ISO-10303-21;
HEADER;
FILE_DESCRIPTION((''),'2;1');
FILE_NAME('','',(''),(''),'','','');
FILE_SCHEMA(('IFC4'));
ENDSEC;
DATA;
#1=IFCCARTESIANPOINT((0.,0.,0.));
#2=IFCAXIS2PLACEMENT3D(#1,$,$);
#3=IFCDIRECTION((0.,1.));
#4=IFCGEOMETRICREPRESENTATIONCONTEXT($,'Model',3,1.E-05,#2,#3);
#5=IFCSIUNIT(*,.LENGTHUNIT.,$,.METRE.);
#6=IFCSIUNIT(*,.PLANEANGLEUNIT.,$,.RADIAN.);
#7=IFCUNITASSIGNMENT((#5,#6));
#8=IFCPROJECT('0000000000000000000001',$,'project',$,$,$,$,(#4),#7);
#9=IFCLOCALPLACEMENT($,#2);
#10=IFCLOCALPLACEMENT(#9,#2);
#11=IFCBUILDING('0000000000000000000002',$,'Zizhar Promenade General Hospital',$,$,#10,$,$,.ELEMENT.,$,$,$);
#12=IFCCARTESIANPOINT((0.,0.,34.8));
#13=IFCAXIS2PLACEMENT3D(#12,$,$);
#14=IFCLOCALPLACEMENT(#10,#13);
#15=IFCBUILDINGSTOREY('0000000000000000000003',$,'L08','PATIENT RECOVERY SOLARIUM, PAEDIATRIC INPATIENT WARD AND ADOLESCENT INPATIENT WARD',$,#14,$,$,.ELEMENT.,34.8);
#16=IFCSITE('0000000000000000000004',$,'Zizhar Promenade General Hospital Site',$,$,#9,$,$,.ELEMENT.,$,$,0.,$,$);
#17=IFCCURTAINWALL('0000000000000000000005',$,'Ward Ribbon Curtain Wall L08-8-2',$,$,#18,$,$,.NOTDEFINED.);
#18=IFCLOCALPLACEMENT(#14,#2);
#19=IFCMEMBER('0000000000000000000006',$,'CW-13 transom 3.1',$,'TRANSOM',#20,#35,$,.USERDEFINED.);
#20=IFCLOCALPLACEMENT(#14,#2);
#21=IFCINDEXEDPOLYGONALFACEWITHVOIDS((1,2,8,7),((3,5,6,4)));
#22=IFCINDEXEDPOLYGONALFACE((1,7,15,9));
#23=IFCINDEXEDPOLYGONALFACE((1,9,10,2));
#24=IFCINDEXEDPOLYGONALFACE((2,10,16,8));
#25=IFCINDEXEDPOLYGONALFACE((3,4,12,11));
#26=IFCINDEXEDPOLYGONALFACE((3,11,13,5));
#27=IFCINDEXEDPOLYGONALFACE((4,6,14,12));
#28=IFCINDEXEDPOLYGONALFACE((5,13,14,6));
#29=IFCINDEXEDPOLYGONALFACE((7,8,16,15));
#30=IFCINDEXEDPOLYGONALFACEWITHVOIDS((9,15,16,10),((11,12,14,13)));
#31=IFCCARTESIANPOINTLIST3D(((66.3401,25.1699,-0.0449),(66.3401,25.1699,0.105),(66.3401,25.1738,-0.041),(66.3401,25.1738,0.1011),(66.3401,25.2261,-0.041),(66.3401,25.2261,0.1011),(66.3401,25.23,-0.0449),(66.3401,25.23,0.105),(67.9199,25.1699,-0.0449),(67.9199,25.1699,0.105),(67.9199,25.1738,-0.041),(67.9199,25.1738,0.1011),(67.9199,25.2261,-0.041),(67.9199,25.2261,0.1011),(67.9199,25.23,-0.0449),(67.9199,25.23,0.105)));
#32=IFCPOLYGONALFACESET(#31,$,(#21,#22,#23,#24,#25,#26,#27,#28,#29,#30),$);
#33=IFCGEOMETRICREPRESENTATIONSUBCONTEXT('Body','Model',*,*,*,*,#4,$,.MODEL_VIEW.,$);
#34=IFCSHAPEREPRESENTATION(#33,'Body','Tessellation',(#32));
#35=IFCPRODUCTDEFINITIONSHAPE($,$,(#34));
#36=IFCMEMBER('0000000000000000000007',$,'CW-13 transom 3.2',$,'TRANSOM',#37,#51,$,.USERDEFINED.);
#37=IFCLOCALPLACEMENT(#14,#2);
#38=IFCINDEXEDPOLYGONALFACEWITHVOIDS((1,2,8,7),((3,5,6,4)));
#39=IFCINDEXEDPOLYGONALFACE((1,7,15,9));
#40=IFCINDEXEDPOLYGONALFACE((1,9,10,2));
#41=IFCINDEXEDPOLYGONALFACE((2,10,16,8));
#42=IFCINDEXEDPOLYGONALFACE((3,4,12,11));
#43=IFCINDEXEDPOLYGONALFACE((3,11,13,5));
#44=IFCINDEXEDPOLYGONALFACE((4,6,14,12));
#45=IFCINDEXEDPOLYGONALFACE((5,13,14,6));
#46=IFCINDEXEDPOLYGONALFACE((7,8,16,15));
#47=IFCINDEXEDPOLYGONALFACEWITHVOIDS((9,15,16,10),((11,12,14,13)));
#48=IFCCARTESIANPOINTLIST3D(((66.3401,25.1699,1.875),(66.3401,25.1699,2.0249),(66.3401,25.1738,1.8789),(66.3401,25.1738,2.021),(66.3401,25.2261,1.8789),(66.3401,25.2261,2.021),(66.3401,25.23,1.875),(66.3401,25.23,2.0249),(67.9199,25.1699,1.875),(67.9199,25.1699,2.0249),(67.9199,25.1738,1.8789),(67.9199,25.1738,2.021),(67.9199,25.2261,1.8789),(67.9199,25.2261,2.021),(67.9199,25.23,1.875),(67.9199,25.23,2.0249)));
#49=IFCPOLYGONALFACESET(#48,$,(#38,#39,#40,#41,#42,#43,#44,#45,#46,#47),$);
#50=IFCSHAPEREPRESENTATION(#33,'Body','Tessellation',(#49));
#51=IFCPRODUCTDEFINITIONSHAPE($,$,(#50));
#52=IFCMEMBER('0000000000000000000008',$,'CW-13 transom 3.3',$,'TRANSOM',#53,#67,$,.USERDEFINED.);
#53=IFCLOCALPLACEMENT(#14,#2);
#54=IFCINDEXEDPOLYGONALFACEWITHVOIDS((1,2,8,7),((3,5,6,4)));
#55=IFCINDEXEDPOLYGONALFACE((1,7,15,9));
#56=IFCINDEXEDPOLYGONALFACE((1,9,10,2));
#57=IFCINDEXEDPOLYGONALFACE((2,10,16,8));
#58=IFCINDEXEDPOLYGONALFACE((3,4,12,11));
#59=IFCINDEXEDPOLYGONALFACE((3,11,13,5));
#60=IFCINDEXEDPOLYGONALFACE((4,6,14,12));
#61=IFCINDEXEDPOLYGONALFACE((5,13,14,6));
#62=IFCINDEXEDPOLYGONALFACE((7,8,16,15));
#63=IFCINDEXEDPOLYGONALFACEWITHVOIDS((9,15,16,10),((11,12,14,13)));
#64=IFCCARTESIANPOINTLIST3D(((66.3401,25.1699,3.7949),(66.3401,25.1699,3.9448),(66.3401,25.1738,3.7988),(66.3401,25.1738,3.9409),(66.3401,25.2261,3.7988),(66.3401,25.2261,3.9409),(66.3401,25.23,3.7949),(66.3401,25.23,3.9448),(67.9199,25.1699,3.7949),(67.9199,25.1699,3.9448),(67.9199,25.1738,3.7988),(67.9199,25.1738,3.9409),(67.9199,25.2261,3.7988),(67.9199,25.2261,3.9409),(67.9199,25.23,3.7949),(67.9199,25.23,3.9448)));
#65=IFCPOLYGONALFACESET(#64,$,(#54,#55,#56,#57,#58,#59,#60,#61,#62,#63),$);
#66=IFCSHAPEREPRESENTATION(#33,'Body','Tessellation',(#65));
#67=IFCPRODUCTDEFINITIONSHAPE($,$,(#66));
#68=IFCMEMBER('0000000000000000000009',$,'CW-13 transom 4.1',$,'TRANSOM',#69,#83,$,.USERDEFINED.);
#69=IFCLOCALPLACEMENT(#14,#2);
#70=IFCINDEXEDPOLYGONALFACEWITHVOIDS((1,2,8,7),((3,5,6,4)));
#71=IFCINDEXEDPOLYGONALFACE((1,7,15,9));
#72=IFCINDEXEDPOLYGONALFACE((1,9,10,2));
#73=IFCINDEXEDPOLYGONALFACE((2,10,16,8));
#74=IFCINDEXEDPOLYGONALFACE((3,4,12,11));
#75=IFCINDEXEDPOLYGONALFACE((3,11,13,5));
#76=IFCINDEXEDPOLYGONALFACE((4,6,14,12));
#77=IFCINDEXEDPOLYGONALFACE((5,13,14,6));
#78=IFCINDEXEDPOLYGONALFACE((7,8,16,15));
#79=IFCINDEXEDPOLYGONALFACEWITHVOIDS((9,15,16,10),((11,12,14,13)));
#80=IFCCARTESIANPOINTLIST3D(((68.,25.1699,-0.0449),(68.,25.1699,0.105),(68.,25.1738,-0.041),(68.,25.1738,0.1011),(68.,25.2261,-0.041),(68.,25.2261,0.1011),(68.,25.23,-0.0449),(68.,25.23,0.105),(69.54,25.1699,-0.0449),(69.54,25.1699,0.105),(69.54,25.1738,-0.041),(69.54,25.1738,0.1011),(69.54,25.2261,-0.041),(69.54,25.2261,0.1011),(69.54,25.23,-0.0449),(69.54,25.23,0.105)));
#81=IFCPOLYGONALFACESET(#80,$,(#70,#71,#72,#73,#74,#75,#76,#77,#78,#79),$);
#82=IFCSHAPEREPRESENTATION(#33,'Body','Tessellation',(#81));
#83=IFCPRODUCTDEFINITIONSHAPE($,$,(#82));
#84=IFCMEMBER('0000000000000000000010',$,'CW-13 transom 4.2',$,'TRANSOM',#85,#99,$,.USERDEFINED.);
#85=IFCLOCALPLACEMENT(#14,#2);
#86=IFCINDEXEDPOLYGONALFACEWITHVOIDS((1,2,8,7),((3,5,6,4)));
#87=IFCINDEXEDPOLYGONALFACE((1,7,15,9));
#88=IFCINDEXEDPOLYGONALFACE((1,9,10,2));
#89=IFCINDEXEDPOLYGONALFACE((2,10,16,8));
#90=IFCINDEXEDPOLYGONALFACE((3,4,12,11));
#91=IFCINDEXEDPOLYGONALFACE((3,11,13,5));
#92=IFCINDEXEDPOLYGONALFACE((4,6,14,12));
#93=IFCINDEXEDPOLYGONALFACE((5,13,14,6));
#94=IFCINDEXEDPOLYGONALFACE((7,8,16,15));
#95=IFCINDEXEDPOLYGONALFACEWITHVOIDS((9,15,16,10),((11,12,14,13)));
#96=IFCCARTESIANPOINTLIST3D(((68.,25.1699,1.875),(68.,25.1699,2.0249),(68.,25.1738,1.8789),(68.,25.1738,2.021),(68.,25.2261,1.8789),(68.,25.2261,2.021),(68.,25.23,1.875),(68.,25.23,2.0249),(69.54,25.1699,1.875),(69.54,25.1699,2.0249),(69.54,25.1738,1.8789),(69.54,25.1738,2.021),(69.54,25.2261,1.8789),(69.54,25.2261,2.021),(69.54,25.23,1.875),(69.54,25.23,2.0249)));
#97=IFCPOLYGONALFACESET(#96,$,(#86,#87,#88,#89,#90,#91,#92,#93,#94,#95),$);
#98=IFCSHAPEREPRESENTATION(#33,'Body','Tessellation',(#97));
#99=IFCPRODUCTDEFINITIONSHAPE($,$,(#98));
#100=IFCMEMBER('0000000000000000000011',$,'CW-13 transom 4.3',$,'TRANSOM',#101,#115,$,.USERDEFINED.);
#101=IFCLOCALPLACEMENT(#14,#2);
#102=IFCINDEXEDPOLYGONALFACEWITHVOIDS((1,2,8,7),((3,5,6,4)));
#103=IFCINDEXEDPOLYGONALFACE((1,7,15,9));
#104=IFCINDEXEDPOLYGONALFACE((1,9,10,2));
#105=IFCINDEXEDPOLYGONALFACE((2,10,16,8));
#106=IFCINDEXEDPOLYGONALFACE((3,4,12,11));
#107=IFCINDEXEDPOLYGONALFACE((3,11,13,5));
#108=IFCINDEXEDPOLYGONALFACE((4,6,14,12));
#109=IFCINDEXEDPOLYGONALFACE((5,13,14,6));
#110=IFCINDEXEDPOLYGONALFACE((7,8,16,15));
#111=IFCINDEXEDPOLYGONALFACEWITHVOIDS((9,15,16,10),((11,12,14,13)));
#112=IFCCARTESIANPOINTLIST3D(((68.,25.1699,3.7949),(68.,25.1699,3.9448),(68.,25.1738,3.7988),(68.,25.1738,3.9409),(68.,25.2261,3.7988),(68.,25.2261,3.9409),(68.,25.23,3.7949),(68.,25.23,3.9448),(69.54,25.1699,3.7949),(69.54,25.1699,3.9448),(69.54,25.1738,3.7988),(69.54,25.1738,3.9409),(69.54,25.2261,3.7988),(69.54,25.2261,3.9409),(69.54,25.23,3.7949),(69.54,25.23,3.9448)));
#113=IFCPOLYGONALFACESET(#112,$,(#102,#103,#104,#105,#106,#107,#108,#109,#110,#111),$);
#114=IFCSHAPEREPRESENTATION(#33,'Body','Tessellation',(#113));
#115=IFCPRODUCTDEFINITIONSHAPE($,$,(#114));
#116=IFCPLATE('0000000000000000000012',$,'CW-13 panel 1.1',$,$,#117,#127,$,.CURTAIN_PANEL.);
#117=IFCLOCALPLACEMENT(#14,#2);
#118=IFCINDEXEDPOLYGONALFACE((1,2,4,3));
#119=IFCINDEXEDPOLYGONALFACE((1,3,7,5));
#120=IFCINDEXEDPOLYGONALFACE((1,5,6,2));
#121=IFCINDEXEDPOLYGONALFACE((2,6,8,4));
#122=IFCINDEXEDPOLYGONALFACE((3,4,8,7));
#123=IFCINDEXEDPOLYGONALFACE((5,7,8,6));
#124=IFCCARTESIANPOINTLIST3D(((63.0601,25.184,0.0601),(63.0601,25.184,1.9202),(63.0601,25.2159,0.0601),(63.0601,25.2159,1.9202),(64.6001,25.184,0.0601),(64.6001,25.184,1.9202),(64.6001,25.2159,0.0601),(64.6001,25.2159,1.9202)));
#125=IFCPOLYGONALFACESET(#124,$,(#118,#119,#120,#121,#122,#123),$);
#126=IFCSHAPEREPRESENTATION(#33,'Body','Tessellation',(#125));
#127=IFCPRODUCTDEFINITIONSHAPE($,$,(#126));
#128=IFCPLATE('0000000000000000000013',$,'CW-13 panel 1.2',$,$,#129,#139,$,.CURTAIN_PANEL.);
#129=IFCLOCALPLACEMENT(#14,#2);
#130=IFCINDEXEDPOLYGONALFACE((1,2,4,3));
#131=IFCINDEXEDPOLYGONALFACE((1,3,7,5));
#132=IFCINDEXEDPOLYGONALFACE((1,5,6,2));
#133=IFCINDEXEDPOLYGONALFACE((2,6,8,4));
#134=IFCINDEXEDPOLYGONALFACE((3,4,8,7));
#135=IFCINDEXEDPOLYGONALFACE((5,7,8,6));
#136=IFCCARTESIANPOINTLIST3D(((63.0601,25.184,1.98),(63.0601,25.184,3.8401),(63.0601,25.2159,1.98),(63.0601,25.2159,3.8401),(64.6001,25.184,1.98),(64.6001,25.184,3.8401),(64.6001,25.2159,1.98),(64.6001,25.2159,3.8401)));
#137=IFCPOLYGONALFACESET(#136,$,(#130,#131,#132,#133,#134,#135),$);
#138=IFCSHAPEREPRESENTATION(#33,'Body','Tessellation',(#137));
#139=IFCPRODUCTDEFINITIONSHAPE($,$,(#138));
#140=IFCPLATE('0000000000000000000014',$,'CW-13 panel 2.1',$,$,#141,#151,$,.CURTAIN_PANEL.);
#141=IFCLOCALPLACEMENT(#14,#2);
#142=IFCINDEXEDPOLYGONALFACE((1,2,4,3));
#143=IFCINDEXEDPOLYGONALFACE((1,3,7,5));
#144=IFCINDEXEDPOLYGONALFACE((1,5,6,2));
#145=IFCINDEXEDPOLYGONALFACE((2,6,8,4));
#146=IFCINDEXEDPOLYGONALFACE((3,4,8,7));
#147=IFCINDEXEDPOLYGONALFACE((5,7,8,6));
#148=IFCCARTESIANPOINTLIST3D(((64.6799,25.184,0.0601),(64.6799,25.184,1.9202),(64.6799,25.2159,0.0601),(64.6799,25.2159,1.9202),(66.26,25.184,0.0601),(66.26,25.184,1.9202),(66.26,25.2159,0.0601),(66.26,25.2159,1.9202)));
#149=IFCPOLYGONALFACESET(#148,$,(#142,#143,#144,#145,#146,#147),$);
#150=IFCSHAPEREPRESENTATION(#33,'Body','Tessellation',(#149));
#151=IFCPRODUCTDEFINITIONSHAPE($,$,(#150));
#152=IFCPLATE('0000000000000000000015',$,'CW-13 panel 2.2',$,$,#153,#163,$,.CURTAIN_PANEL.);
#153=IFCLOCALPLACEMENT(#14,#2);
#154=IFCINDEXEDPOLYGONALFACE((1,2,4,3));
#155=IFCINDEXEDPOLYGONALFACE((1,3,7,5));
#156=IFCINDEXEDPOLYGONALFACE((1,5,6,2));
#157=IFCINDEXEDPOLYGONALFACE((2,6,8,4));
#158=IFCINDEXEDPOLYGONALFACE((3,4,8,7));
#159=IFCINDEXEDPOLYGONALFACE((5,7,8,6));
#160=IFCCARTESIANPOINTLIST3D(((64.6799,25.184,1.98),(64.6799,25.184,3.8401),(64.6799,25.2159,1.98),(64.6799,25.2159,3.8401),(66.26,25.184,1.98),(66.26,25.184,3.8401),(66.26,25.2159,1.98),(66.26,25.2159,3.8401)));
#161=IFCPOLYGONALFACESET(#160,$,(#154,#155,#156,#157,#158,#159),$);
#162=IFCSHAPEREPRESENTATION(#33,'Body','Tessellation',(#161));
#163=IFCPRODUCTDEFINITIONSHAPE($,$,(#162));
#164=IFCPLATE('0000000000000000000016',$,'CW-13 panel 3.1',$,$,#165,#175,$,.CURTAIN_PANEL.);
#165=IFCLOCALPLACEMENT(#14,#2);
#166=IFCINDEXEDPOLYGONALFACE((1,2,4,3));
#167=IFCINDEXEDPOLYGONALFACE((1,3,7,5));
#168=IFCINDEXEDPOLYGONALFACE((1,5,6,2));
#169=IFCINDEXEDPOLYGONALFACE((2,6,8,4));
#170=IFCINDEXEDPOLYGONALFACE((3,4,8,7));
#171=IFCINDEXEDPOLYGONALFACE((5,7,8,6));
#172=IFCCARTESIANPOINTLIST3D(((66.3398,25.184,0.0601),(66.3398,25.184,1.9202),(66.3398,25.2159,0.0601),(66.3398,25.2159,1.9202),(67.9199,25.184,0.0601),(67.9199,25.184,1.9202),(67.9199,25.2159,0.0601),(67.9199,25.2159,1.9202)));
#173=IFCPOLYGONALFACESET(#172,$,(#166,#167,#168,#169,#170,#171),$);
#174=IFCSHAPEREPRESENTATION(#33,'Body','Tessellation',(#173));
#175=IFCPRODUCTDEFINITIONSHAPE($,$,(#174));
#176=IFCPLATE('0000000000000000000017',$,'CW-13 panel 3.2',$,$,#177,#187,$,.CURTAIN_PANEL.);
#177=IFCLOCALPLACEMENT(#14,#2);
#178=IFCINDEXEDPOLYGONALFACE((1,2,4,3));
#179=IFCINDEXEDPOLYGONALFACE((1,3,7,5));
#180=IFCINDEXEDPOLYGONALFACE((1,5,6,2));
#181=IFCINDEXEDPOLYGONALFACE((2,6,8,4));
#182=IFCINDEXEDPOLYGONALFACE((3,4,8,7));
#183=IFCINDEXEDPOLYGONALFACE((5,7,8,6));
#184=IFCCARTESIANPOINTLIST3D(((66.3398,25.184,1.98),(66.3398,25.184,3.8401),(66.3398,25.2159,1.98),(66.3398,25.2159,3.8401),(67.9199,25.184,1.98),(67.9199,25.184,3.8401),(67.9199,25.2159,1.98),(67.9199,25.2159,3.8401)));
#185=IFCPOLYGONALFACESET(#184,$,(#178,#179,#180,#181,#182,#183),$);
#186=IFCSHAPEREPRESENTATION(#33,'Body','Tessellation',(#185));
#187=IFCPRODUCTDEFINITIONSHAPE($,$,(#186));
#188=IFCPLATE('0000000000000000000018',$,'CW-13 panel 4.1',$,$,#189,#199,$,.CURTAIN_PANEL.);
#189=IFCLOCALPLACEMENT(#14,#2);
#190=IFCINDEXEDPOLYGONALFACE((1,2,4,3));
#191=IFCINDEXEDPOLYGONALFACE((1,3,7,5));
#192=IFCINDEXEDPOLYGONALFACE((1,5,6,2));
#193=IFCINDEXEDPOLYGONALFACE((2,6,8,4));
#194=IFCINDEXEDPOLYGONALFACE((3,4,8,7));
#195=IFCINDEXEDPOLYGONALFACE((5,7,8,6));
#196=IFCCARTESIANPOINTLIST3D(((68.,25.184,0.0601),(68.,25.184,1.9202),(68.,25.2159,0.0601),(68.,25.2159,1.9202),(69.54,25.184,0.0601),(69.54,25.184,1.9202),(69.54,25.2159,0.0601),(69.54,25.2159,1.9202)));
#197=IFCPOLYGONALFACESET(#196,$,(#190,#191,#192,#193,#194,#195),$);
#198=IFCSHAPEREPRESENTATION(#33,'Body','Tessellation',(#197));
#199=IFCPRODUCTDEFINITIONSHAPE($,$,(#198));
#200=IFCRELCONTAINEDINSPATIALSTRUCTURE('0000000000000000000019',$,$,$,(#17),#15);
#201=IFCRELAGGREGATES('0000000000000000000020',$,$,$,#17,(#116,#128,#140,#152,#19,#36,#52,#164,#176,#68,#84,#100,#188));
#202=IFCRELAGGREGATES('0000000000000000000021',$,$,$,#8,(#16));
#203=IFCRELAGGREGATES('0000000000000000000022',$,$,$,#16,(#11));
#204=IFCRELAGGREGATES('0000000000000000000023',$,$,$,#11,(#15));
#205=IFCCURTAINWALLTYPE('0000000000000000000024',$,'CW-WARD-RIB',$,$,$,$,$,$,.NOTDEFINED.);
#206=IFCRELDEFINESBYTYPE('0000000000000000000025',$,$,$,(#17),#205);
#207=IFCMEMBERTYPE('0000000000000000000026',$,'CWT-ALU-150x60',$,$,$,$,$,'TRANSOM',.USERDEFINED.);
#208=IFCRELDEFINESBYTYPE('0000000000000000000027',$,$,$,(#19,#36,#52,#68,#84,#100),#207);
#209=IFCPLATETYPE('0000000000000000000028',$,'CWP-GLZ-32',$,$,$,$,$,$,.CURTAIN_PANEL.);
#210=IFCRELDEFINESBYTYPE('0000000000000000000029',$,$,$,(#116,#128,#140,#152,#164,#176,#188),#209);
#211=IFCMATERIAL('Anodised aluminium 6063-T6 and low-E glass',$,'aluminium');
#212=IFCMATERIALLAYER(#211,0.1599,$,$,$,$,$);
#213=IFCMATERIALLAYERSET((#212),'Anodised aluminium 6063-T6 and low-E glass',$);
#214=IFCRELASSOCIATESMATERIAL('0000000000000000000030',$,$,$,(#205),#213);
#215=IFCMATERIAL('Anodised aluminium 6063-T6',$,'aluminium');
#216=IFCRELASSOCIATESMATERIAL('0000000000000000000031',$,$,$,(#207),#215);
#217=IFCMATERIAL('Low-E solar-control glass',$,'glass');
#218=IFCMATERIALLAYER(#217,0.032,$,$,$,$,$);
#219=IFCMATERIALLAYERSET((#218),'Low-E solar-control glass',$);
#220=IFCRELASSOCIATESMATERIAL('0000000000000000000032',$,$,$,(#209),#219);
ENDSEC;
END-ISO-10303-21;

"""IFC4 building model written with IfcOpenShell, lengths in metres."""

from ifc_helpers import new_model, si_unit, direction, frame, origin, origin_2d, place, context, subcontext, project, spatial, rectangle, hollow_rectangle, extrude, material, layer, layer_set, material_profile, profile_set, type_object, element, aggregate, save


model = new_model("IFC4")

# Units and contexts
model_context = context("Model", 3, precision=1e-05, world=origin(), true_north=direction((0.0, 1.0)))
body_context = subcontext(model_context, "Body", "Model", "MODEL_VIEW")
ifc_project = project(units=[si_unit("LENGTHUNIT", "METRE"), si_unit("PLANEANGLEUNIT", "RADIAN")], contexts=[model_context])

# Site, building, storey
site_placement = place(None, origin())
site = spatial("IfcSite", under=ifc_project, at=site_placement, Name="Zizhar Promenade General Hospital Site", CompositionType="ELEMENT", RefElevation=0.0)
building_placement = place(site_placement, origin())
building = spatial("IfcBuilding", under=site, at=building_placement, Name="Zizhar Promenade General Hospital", CompositionType="ELEMENT")
storey_placement = place(building_placement, frame((0.0, 0.0, 34.8)))
storey = spatial("IfcBuildingStorey", under=building, at=storey_placement, Name="L08", Description="PATIENT RECOVERY SOLARIUM, PAEDIATRIC INPATIENT WARD AND ADOLESCENT INPATIENT WARD", CompositionType="ELEMENT", Elevation=34.8)

# Curtain wall, members, plates
ifc_material_1 = material(Name="Anodised aluminium 6063-T6 and low-E glass", Category="aluminium")
ifc_layer_1 = layer(ifc_material_1, 0.1599)
ifc_layer_set_1 = layer_set([ifc_layer_1], Name="Anodised aluminium 6063-T6 and low-E glass")
curtain_wall_type = type_object("IfcCurtainWallType", Name="CW-WARD-RIB", PredefinedType="NOTDEFINED", material=ifc_layer_set_1)
curtain_wall_placement = place(storey_placement, origin())
curtain_wall = element("IfcCurtainWall", 1, at=curtain_wall_placement, inside=storey, type_object=curtain_wall_type, Name="Ward Ribbon Curtain Wall L08-8-2", PredefinedType="NOTDEFINED")
ifc_material_2 = material(Name="Anodised aluminium 6063-T6", Category="aluminium")
ifc_material_profile_1 = material_profile(ifc_material_2, hollow_rectangle(XDim=0.0601, YDim=0.1499, WallThickness=0.0039, at=origin_2d()))
ifc_profile_set_1 = profile_set([ifc_material_profile_1], Name="Anodised aluminium 6063-T6")
member_type_1 = type_object("IfcMemberType", Name="CWT-ALU-150x60", ElementType="TRANSOM", PredefinedType="USERDEFINED", material=ifc_profile_set_1)
member_1_placement = place(storey_placement, frame((66.3401, 25.2, 0.03), z_axis=(1.0, 0.0, 0.0), x_axis=(0.0, 1.0, 0.0)))
member_1 = element("IfcMember", 2, at=member_1_placement, type_object=member_type_1, Name="CW-13 transom 3.1", ObjectType="TRANSOM", PredefinedType="USERDEFINED", context=body_context, shape_type="SweptSolid", body=[
    extrude(hollow_rectangle(XDim=0.0601, YDim=0.1499, WallThickness=0.0039, at=origin_2d()), origin(), (0.0, 0.0, 1.0), 1.5798),
])
member_2_placement = place(storey_placement, frame((66.3401, 25.2, 1.95), z_axis=(1.0, 0.0, 0.0), x_axis=(0.0, 1.0, 0.0)))
member_2 = element("IfcMember", 3, at=member_2_placement, type_object=member_type_1, Name="CW-13 transom 3.2", ObjectType="TRANSOM", PredefinedType="USERDEFINED", context=body_context, shape_type="SweptSolid", body=[
    extrude(hollow_rectangle(XDim=0.0601, YDim=0.1499, WallThickness=0.0039, at=origin_2d()), origin(), (0.0, 0.0, 1.0), 1.5798),
])
member_3_placement = place(storey_placement, frame((66.3401, 25.2, 3.8699), z_axis=(1.0, 0.0, 0.0), x_axis=(0.0, 1.0, 0.0)))
member_3 = element("IfcMember", 4, at=member_3_placement, type_object=member_type_1, Name="CW-13 transom 3.3", ObjectType="TRANSOM", PredefinedType="USERDEFINED", context=body_context, shape_type="SweptSolid", body=[
    extrude(hollow_rectangle(XDim=0.0601, YDim=0.1499, WallThickness=0.0039, at=origin_2d()), origin(), (0.0, 0.0, 1.0), 1.5798),
])
member_4_placement = place(storey_placement, frame((68.0, 25.2, 0.03), z_axis=(1.0, 0.0, 0.0), x_axis=(0.0, 1.0, 0.0)))
member_4 = element("IfcMember", 5, at=member_4_placement, type_object=member_type_1, Name="CW-13 transom 4.1", ObjectType="TRANSOM", PredefinedType="USERDEFINED", context=body_context, shape_type="SweptSolid", body=[
    extrude(hollow_rectangle(XDim=0.0601, YDim=0.1499, WallThickness=0.0039, at=origin_2d()), origin(), (0.0, 0.0, 1.0), 1.54),
])
member_5_placement = place(storey_placement, frame((68.0, 25.2, 1.95), z_axis=(1.0, 0.0, 0.0), x_axis=(0.0, 1.0, 0.0)))
member_5 = element("IfcMember", 6, at=member_5_placement, type_object=member_type_1, Name="CW-13 transom 4.2", ObjectType="TRANSOM", PredefinedType="USERDEFINED", context=body_context, shape_type="SweptSolid", body=[
    extrude(hollow_rectangle(XDim=0.0601, YDim=0.1499, WallThickness=0.0039, at=origin_2d()), origin(), (0.0, 0.0, 1.0), 1.54),
])
member_6_placement = place(storey_placement, frame((68.0, 25.2, 3.8699), z_axis=(1.0, 0.0, 0.0), x_axis=(0.0, 1.0, 0.0)))
member_6 = element("IfcMember", 7, at=member_6_placement, type_object=member_type_1, Name="CW-13 transom 4.3", ObjectType="TRANSOM", PredefinedType="USERDEFINED", context=body_context, shape_type="SweptSolid", body=[
    extrude(hollow_rectangle(XDim=0.0601, YDim=0.1499, WallThickness=0.0039, at=origin_2d()), origin(), (0.0, 0.0, 1.0), 1.54),
])
ifc_material_3 = material(Name="Low-E solar-control glass", Category="glass")
ifc_layer_2 = layer(ifc_material_3, 0.032)
ifc_layer_set_2 = layer_set([ifc_layer_2], Name="Low-E solar-control glass")
plate_type = type_object("IfcPlateType", Name="CWP-GLZ-32", PredefinedType="CURTAIN_PANEL", material=ifc_layer_set_2)
plate_1_placement = place(storey_placement, frame((63.8301, 25.2, 0.0601), z_axis=(0.0, 0.0, 1.0), x_axis=(1.0, 0.0, 0.0)))
plate_1 = element("IfcPlate", 8, at=plate_1_placement, type_object=plate_type, Name="CW-13 panel 1.1", PredefinedType="CURTAIN_PANEL", context=body_context, shape_type="SweptSolid", body=[
    extrude(rectangle(XDim=1.54, YDim=0.032, at=origin_2d()), origin(), (0.0, 0.0, 1.0), 1.8601),
])
plate_2_placement = place(storey_placement, frame((63.8301, 25.2, 1.98), z_axis=(0.0, 0.0, 1.0), x_axis=(1.0, 0.0, 0.0)))
plate_2 = element("IfcPlate", 9, at=plate_2_placement, type_object=plate_type, Name="CW-13 panel 1.2", PredefinedType="CURTAIN_PANEL", context=body_context, shape_type="SweptSolid", body=[
    extrude(rectangle(XDim=1.54, YDim=0.032, at=origin_2d()), origin(), (0.0, 0.0, 1.0), 1.8601),
])
plate_3_placement = place(storey_placement, frame((65.47, 25.2, 0.0601), z_axis=(0.0, 0.0, 1.0), x_axis=(1.0, 0.0, 0.0)))
plate_3 = element("IfcPlate", 10, at=plate_3_placement, type_object=plate_type, Name="CW-13 panel 2.1", PredefinedType="CURTAIN_PANEL", context=body_context, shape_type="SweptSolid", body=[
    extrude(rectangle(XDim=1.5801, YDim=0.032, at=origin_2d()), origin(), (0.0, 0.0, 1.0), 1.8601),
])
plate_4_placement = place(storey_placement, frame((65.47, 25.2, 1.98), z_axis=(0.0, 0.0, 1.0), x_axis=(1.0, 0.0, 0.0)))
plate_4 = element("IfcPlate", 11, at=plate_4_placement, type_object=plate_type, Name="CW-13 panel 2.2", PredefinedType="CURTAIN_PANEL", context=body_context, shape_type="SweptSolid", body=[
    extrude(rectangle(XDim=1.5801, YDim=0.032, at=origin_2d()), origin(), (0.0, 0.0, 1.0), 1.8601),
])
plate_5_placement = place(storey_placement, frame((67.1299, 25.2, 0.0601), z_axis=(0.0, 0.0, 1.0), x_axis=(1.0, 0.0, 0.0)))
plate_5 = element("IfcPlate", 12, at=plate_5_placement, type_object=plate_type, Name="CW-13 panel 3.1", PredefinedType="CURTAIN_PANEL", context=body_context, shape_type="SweptSolid", body=[
    extrude(rectangle(XDim=1.5801, YDim=0.032, at=origin_2d()), origin(), (0.0, 0.0, 1.0), 1.8601),
])
plate_6_placement = place(storey_placement, frame((67.1299, 25.2, 1.98), z_axis=(0.0, 0.0, 1.0), x_axis=(1.0, 0.0, 0.0)))
plate_6 = element("IfcPlate", 13, at=plate_6_placement, type_object=plate_type, Name="CW-13 panel 3.2", PredefinedType="CURTAIN_PANEL", context=body_context, shape_type="SweptSolid", body=[
    extrude(rectangle(XDim=1.5801, YDim=0.032, at=origin_2d()), origin(), (0.0, 0.0, 1.0), 1.8601),
])
plate_7_placement = place(storey_placement, frame((68.77, 25.2, 0.0601), z_axis=(0.0, 0.0, 1.0), x_axis=(1.0, 0.0, 0.0)))
plate_7 = element("IfcPlate", 14, at=plate_7_placement, type_object=plate_type, Name="CW-13 panel 4.1", PredefinedType="CURTAIN_PANEL", context=body_context, shape_type="SweptSolid", body=[
    extrude(rectangle(XDim=1.54, YDim=0.032, at=origin_2d()), origin(), (0.0, 0.0, 1.0), 1.8601),
])
aggregate(curtain_wall, [plate_1, plate_2, plate_3, plate_4, member_1, member_2, member_3, plate_5, plate_6, member_4, member_5, member_6, plate_7])

save(model, "model.ifc")
